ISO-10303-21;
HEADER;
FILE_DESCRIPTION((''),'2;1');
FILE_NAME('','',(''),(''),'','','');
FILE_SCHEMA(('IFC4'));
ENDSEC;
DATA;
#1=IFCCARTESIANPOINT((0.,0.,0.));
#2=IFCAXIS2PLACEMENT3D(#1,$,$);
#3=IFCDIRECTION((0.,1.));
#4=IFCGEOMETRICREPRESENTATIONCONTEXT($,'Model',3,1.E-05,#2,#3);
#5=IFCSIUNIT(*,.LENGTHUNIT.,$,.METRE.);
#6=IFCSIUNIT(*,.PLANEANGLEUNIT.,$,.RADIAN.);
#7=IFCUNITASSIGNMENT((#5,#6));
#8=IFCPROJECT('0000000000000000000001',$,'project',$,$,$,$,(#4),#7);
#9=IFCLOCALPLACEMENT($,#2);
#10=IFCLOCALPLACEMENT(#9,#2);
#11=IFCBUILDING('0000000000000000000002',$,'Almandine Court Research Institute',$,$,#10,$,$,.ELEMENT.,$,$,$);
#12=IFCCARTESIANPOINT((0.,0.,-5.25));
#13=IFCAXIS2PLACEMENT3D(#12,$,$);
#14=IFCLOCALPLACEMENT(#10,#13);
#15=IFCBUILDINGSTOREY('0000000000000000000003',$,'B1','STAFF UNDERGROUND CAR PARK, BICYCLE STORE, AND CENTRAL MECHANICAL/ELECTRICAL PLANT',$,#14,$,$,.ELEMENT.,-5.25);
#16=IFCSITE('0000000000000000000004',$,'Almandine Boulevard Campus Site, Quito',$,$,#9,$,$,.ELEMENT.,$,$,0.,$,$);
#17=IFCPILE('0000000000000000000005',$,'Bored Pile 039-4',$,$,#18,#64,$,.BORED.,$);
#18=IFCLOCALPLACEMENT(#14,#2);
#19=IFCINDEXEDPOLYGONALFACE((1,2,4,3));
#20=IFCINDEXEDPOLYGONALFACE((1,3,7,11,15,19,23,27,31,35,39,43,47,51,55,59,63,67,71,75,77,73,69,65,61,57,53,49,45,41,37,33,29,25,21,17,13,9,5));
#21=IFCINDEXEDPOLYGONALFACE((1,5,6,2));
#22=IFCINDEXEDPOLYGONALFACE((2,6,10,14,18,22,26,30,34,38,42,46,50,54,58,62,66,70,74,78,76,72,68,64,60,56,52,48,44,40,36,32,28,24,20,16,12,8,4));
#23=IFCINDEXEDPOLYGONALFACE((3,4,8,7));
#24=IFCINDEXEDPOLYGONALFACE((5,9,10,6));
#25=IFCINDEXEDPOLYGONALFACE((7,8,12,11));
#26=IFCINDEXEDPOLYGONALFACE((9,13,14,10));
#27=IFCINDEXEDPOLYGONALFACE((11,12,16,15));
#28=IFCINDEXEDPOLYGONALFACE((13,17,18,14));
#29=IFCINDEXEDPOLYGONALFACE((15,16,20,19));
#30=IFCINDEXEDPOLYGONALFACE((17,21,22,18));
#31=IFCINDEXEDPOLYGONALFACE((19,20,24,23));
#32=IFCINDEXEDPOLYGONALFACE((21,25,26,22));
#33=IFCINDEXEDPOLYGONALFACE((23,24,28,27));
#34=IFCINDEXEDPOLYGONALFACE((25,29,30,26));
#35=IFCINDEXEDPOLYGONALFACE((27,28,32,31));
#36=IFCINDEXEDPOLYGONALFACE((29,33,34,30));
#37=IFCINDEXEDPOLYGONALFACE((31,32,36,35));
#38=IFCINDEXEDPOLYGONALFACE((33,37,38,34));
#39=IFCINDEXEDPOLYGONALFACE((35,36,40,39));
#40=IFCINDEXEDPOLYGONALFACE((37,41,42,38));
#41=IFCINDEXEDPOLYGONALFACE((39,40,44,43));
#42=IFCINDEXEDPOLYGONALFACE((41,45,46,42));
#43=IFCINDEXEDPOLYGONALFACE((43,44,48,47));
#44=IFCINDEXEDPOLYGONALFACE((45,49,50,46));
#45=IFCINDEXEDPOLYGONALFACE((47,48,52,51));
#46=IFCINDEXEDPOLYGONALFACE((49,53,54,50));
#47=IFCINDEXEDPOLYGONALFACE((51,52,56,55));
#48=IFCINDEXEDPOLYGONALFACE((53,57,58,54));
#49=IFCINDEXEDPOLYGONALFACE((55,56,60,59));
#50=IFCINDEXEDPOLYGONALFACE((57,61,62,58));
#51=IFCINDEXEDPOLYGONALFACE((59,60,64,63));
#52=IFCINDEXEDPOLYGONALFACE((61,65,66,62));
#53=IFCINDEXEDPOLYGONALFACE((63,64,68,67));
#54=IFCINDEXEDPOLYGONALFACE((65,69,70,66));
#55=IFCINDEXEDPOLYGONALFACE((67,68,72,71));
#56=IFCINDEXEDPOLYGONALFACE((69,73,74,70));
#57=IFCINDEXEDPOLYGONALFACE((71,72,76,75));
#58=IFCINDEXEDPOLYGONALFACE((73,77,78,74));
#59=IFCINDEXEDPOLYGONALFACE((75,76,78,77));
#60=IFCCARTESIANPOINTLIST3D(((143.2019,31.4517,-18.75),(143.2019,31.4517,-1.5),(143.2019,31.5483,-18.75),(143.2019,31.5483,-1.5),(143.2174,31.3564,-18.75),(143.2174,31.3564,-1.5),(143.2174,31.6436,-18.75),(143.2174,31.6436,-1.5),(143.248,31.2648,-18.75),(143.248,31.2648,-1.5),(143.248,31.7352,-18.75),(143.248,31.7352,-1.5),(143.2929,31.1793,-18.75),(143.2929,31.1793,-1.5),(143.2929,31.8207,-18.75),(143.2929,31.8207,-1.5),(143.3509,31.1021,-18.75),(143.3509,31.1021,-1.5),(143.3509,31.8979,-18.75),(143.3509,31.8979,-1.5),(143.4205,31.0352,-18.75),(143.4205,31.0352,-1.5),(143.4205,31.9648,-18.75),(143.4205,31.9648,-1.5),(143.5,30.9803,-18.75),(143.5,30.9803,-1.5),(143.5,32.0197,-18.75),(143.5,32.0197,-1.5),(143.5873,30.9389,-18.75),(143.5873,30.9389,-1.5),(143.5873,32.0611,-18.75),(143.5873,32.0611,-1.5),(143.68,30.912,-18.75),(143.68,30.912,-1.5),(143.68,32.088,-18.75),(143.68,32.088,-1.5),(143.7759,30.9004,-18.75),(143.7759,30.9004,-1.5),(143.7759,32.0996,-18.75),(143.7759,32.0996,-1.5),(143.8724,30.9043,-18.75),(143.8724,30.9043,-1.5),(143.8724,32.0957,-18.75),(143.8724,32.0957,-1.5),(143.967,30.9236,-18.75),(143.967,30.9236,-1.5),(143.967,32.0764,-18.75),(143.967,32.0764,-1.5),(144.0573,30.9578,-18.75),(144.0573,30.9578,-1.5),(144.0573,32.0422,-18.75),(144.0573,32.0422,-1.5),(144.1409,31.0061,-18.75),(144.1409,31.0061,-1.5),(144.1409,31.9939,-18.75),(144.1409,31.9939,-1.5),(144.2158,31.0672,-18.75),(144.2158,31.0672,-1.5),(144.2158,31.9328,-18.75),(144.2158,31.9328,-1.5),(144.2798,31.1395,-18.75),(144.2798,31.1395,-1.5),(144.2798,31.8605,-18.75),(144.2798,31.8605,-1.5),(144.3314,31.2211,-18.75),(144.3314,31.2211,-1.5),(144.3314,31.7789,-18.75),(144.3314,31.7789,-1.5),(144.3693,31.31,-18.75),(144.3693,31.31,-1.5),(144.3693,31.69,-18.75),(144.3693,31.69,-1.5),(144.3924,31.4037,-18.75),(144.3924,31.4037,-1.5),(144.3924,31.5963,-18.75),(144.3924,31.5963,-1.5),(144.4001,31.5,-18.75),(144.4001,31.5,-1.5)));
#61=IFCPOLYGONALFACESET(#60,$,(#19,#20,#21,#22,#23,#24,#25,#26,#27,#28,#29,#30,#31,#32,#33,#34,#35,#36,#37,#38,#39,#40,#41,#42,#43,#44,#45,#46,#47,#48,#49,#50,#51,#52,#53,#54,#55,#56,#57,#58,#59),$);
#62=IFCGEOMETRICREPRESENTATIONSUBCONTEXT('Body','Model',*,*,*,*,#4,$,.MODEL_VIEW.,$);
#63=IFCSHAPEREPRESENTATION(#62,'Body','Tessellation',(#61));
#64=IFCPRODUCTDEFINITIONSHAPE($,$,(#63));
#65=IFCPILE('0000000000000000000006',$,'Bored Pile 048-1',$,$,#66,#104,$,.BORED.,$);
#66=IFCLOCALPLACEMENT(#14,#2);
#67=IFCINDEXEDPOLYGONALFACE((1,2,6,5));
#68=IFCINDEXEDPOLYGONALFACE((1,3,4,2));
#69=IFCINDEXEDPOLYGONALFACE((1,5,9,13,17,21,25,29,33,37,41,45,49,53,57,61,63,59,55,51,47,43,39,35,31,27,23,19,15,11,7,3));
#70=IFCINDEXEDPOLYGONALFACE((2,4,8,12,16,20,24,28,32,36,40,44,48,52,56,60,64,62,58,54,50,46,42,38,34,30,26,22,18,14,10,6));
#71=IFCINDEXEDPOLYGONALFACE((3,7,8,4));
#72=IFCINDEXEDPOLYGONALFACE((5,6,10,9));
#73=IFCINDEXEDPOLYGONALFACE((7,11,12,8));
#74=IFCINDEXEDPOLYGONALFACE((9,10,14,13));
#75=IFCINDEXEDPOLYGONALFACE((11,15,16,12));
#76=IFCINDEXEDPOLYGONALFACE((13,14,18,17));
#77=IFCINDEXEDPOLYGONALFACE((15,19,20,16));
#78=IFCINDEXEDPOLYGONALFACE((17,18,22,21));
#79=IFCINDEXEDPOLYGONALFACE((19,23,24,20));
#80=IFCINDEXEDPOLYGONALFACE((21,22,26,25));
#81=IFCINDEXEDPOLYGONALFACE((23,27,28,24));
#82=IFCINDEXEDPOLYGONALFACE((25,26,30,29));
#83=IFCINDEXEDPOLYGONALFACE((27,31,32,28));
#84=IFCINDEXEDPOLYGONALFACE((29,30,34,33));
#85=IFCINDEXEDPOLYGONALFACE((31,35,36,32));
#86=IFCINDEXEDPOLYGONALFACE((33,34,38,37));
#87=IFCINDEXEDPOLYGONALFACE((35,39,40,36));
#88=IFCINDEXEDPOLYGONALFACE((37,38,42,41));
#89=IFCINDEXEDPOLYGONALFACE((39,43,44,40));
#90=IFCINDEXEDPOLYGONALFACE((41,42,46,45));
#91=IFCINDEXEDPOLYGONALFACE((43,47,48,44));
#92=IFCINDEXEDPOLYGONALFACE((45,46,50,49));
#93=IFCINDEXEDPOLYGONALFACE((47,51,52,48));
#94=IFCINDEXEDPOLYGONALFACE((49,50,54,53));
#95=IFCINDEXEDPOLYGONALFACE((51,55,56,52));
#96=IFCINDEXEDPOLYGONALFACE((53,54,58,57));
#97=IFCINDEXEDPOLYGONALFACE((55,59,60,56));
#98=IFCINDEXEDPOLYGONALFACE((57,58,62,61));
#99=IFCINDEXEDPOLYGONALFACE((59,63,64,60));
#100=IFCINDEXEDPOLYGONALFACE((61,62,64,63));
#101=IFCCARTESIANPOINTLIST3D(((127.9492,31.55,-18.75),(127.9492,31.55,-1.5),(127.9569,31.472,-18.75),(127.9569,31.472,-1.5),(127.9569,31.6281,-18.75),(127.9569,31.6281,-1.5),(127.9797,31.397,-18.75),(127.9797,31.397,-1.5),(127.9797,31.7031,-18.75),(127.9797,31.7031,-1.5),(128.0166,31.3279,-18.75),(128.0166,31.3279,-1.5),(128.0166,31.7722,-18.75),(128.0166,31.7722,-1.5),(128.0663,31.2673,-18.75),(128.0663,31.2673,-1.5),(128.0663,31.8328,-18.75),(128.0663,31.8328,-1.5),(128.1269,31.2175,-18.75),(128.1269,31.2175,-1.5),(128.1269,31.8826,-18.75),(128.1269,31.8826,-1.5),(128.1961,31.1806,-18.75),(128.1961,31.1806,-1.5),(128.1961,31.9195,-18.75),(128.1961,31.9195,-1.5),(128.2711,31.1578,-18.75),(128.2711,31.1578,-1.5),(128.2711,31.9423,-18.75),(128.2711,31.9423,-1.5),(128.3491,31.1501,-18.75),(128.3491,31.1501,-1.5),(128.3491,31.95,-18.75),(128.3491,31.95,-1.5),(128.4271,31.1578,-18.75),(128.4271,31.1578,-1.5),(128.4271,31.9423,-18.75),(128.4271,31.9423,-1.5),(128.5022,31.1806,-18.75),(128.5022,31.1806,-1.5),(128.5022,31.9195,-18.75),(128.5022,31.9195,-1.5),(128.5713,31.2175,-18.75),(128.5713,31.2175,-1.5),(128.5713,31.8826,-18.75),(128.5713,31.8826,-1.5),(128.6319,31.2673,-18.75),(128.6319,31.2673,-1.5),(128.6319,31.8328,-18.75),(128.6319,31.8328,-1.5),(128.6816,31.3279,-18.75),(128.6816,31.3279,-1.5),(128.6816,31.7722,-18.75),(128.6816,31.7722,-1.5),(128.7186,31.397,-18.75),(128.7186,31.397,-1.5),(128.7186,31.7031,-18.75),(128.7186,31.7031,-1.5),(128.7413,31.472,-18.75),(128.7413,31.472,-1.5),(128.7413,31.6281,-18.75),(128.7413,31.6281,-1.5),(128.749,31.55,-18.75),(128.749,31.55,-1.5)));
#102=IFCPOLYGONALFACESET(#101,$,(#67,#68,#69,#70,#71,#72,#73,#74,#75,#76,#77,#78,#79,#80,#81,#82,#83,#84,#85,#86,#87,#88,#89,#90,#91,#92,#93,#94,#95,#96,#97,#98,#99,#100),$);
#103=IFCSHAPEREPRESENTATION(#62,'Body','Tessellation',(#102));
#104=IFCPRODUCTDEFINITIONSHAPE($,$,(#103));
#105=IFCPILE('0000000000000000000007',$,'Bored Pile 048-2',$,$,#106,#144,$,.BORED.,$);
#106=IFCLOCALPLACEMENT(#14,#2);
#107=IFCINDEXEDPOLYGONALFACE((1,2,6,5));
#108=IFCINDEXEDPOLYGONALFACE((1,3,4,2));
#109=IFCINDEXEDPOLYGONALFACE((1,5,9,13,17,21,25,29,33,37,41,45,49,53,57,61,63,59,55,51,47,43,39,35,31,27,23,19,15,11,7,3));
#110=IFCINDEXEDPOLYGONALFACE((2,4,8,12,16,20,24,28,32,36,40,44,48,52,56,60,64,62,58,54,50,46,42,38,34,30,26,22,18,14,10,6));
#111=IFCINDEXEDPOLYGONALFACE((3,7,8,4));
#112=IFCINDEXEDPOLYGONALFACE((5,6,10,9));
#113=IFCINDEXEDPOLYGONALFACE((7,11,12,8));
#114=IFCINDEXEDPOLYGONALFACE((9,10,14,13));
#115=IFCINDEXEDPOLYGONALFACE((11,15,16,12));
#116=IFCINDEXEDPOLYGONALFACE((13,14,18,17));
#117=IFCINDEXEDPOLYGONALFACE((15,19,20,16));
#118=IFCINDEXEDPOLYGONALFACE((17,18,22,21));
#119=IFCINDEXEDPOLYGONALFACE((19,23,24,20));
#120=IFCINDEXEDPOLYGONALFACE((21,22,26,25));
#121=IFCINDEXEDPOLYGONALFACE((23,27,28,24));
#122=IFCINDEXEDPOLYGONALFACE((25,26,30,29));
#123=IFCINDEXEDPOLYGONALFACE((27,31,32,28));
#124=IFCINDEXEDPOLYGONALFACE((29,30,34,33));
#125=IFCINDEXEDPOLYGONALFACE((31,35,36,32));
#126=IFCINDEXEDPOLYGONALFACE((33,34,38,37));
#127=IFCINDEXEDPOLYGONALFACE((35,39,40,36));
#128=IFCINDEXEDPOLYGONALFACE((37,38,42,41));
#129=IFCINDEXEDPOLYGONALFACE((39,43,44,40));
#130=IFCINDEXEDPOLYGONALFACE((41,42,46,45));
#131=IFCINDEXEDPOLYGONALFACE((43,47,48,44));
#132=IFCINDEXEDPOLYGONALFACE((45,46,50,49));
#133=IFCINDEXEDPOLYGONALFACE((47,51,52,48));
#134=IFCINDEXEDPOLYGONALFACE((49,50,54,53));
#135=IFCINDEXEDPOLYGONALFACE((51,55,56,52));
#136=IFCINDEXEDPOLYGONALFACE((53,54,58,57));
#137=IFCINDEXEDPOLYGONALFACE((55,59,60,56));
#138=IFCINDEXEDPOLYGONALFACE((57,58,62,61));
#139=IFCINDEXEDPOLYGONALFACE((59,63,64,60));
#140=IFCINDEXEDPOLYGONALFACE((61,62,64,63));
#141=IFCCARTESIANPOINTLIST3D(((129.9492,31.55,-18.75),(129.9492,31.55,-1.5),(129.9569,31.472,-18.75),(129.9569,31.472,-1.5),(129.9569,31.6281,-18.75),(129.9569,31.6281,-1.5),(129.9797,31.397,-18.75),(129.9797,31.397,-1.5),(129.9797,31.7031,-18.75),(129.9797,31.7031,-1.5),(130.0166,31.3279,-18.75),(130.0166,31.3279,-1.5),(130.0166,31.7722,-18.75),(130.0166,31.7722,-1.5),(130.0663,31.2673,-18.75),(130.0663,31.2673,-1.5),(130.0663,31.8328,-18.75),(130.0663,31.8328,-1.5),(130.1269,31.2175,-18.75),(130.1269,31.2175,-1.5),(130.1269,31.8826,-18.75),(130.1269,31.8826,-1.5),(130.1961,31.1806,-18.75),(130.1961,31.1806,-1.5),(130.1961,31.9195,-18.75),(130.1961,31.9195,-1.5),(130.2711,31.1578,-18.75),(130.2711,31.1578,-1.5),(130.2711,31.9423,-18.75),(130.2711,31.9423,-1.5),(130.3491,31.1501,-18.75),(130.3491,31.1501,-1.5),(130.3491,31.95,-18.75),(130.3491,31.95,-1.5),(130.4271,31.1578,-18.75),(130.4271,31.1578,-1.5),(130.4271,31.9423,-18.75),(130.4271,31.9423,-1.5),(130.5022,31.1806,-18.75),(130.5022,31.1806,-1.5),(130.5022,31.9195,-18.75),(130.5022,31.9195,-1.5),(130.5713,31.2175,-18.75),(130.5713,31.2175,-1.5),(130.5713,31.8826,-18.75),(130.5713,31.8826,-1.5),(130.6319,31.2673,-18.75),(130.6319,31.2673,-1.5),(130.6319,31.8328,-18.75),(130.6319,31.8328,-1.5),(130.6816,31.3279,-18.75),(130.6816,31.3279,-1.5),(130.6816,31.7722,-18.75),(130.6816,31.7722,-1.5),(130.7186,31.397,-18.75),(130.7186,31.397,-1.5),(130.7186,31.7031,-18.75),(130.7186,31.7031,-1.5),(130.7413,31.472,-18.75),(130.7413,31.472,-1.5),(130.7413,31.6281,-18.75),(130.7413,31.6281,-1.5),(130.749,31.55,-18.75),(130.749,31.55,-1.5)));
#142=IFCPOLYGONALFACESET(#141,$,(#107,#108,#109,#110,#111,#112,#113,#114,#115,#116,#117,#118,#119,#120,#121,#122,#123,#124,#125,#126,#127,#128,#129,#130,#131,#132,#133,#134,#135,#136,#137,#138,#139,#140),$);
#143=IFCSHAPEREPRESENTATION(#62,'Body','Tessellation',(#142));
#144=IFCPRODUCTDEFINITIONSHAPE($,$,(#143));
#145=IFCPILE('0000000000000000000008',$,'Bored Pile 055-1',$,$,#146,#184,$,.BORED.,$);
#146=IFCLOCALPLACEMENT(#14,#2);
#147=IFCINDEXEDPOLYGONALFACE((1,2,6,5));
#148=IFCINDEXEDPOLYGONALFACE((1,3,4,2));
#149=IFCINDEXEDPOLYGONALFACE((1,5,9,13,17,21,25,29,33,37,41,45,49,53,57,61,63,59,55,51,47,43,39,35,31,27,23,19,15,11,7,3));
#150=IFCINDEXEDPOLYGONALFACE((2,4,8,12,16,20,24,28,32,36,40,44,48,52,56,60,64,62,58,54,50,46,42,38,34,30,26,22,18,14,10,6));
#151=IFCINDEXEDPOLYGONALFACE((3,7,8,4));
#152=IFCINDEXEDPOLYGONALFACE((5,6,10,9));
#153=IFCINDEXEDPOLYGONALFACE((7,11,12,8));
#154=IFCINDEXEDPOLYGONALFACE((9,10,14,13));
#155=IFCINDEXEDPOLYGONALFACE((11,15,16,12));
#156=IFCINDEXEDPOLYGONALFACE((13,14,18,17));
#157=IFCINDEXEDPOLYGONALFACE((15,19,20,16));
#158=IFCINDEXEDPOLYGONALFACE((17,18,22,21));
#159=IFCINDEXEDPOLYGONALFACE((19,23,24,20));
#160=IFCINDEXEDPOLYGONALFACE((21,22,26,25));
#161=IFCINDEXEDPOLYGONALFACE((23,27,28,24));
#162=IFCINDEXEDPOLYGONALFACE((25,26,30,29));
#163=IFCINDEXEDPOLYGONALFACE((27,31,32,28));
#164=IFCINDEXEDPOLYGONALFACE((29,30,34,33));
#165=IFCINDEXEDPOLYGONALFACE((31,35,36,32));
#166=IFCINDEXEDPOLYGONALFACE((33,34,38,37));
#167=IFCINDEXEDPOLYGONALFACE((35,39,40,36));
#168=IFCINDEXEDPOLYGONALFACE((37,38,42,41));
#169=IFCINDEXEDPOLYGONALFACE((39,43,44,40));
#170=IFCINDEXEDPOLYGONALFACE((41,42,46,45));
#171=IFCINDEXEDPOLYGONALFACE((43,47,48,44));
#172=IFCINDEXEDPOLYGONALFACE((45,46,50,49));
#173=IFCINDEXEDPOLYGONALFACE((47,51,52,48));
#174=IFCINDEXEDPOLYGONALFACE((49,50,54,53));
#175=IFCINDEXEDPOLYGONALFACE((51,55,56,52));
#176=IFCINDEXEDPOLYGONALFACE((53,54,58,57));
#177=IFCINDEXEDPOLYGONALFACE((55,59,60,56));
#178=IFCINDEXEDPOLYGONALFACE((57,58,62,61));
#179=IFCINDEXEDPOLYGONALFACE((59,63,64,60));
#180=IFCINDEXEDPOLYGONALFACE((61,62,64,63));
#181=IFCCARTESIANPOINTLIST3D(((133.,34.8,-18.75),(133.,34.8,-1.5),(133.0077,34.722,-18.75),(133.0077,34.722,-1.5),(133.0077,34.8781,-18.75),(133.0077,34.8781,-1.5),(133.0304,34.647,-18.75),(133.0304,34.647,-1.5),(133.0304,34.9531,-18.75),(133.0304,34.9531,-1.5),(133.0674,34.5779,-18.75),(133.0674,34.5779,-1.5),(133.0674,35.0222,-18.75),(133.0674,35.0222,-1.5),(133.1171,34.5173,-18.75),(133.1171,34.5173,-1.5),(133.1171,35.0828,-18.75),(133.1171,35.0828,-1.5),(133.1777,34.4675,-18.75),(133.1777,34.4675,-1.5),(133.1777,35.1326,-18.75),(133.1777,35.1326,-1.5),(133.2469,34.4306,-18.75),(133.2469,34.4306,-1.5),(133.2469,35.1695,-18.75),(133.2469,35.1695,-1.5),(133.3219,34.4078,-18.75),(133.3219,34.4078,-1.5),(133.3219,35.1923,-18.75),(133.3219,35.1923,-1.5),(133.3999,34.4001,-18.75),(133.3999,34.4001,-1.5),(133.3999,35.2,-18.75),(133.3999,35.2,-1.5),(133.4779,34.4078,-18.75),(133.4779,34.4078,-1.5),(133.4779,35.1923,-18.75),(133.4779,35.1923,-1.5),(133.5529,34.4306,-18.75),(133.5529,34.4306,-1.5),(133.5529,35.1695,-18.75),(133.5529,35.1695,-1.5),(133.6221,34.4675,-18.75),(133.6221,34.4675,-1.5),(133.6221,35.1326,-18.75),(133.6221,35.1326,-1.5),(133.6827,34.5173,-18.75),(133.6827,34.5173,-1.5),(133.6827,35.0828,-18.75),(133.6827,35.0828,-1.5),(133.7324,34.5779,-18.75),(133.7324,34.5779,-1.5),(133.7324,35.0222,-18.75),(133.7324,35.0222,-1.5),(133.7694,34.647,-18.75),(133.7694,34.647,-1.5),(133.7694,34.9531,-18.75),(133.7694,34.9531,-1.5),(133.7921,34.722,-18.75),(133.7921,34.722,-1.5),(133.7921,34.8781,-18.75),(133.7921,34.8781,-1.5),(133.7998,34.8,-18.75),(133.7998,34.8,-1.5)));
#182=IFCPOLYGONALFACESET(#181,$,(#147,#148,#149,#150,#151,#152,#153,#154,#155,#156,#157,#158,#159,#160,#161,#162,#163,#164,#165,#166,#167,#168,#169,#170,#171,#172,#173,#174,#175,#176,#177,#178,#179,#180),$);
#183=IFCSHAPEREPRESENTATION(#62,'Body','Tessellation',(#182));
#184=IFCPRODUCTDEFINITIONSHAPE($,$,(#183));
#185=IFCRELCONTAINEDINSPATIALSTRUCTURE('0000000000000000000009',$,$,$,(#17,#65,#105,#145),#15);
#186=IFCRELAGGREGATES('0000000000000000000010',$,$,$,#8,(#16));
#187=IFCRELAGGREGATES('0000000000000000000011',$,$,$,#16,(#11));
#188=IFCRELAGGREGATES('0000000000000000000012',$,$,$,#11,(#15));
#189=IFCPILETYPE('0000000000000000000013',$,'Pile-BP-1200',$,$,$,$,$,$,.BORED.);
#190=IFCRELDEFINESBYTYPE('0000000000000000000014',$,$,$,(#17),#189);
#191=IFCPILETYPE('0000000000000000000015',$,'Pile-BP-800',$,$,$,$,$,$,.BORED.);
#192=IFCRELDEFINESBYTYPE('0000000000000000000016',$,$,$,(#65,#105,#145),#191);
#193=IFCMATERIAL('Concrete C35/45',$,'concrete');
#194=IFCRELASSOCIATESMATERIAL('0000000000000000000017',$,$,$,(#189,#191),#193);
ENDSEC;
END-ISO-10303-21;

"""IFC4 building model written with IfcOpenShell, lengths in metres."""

from ifc_helpers import new_model, si_unit, direction, frame, origin, origin_2d, place, context, subcontext, project, spatial, circle, extrude, material, material_profile, profile_set, type_object, element, save


model = new_model("IFC4")

# Units and contexts
model_context = context("Model", 3, precision=1e-05, world=origin(), true_north=direction((0.0, 1.0)))
body_context = subcontext(model_context, "Body", "Model", "MODEL_VIEW")
ifc_project = project(units=[si_unit("LENGTHUNIT", "METRE"), si_unit("PLANEANGLEUNIT", "RADIAN")], contexts=[model_context])

# Site, building, storey
site_placement = place(None, origin())
site = spatial("IfcSite", under=ifc_project, at=site_placement, Name="Almandine Boulevard Campus Site, Quito", CompositionType="ELEMENT", RefElevation=0.0)
building_placement = place(site_placement, origin())
building = spatial("IfcBuilding", under=site, at=building_placement, Name="Almandine Court Research Institute", CompositionType="ELEMENT")
storey_placement = place(building_placement, frame((0.0, 0.0, -5.25)))
storey = spatial("IfcBuildingStorey", under=building, at=storey_placement, Name="B1", Description="STAFF UNDERGROUND CAR PARK, BICYCLE STORE, AND CENTRAL MECHANICAL/ELECTRICAL PLANT", CompositionType="ELEMENT", Elevation=-5.25)

# Shared definitions
ifc_material_1 = material(Name="Concrete C35/45", Category="concrete")

# Piles
ifc_material_profile_1 = material_profile(ifc_material_1, circle(Radius=0.6001, at=origin_2d()), Name="BORED PILE D1200")
ifc_profile_set_1 = profile_set([ifc_material_profile_1], Name="Concrete C35/45")
pile_type_1 = type_object("IfcPileType", Name="Pile-BP-1200", PredefinedType="BORED", material=ifc_profile_set_1)
for number, where, z_axis, x_axis, name in (
    (1, (143.8, 31.5, -1.5), (0.0, 0.0, -1.0), (1.0, 0.0, 0.0), "Bored Pile 039-4"),
):
    element("IfcPile", number, at=place(storey_placement, frame(where, z_axis=z_axis, x_axis=x_axis)), inside=storey, type_object=pile_type_1, Name=name, PredefinedType="BORED", context=body_context, shape_type="SweptSolid", body=[
        extrude(circle(Radius=0.6001, at=origin_2d()), origin(), (0.0, 0.0, 1.0), 17.25),
    ])
ifc_material_profile_2 = material_profile(ifc_material_1, circle(Radius=0.3999, at=origin_2d()), Name="BORED PILE D800")
ifc_profile_set_2 = profile_set([ifc_material_profile_2], Name="Concrete C35/45")
pile_type_2 = type_object("IfcPileType", Name="Pile-BP-800", PredefinedType="BORED", material=ifc_profile_set_2)
for number, where, z_axis, x_axis, name in (
    (2, (128.3491, 31.55, -1.5), (0.0, 0.0, -1.0), (1.0, 0.0, 0.0), "Bored Pile 048-1"),
    (3, (130.3491, 31.55, -1.5), (0.0, 0.0, -1.0), (1.0, 0.0, 0.0), "Bored Pile 048-2"),
    (4, (133.3999, 34.8, -1.5), (0.0, 0.0, -1.0), (1.0, 0.0, 0.0), "Bored Pile 055-1"),
):
    element("IfcPile", number, at=place(storey_placement, frame(where, z_axis=z_axis, x_axis=x_axis)), inside=storey, type_object=pile_type_2, Name=name, PredefinedType="BORED", context=body_context, shape_type="SweptSolid", body=[
        extrude(circle(Radius=0.3999, at=origin_2d()), origin(), (0.0, 0.0, 1.0), 17.25),
    ])

save(model, "model.ifc")
